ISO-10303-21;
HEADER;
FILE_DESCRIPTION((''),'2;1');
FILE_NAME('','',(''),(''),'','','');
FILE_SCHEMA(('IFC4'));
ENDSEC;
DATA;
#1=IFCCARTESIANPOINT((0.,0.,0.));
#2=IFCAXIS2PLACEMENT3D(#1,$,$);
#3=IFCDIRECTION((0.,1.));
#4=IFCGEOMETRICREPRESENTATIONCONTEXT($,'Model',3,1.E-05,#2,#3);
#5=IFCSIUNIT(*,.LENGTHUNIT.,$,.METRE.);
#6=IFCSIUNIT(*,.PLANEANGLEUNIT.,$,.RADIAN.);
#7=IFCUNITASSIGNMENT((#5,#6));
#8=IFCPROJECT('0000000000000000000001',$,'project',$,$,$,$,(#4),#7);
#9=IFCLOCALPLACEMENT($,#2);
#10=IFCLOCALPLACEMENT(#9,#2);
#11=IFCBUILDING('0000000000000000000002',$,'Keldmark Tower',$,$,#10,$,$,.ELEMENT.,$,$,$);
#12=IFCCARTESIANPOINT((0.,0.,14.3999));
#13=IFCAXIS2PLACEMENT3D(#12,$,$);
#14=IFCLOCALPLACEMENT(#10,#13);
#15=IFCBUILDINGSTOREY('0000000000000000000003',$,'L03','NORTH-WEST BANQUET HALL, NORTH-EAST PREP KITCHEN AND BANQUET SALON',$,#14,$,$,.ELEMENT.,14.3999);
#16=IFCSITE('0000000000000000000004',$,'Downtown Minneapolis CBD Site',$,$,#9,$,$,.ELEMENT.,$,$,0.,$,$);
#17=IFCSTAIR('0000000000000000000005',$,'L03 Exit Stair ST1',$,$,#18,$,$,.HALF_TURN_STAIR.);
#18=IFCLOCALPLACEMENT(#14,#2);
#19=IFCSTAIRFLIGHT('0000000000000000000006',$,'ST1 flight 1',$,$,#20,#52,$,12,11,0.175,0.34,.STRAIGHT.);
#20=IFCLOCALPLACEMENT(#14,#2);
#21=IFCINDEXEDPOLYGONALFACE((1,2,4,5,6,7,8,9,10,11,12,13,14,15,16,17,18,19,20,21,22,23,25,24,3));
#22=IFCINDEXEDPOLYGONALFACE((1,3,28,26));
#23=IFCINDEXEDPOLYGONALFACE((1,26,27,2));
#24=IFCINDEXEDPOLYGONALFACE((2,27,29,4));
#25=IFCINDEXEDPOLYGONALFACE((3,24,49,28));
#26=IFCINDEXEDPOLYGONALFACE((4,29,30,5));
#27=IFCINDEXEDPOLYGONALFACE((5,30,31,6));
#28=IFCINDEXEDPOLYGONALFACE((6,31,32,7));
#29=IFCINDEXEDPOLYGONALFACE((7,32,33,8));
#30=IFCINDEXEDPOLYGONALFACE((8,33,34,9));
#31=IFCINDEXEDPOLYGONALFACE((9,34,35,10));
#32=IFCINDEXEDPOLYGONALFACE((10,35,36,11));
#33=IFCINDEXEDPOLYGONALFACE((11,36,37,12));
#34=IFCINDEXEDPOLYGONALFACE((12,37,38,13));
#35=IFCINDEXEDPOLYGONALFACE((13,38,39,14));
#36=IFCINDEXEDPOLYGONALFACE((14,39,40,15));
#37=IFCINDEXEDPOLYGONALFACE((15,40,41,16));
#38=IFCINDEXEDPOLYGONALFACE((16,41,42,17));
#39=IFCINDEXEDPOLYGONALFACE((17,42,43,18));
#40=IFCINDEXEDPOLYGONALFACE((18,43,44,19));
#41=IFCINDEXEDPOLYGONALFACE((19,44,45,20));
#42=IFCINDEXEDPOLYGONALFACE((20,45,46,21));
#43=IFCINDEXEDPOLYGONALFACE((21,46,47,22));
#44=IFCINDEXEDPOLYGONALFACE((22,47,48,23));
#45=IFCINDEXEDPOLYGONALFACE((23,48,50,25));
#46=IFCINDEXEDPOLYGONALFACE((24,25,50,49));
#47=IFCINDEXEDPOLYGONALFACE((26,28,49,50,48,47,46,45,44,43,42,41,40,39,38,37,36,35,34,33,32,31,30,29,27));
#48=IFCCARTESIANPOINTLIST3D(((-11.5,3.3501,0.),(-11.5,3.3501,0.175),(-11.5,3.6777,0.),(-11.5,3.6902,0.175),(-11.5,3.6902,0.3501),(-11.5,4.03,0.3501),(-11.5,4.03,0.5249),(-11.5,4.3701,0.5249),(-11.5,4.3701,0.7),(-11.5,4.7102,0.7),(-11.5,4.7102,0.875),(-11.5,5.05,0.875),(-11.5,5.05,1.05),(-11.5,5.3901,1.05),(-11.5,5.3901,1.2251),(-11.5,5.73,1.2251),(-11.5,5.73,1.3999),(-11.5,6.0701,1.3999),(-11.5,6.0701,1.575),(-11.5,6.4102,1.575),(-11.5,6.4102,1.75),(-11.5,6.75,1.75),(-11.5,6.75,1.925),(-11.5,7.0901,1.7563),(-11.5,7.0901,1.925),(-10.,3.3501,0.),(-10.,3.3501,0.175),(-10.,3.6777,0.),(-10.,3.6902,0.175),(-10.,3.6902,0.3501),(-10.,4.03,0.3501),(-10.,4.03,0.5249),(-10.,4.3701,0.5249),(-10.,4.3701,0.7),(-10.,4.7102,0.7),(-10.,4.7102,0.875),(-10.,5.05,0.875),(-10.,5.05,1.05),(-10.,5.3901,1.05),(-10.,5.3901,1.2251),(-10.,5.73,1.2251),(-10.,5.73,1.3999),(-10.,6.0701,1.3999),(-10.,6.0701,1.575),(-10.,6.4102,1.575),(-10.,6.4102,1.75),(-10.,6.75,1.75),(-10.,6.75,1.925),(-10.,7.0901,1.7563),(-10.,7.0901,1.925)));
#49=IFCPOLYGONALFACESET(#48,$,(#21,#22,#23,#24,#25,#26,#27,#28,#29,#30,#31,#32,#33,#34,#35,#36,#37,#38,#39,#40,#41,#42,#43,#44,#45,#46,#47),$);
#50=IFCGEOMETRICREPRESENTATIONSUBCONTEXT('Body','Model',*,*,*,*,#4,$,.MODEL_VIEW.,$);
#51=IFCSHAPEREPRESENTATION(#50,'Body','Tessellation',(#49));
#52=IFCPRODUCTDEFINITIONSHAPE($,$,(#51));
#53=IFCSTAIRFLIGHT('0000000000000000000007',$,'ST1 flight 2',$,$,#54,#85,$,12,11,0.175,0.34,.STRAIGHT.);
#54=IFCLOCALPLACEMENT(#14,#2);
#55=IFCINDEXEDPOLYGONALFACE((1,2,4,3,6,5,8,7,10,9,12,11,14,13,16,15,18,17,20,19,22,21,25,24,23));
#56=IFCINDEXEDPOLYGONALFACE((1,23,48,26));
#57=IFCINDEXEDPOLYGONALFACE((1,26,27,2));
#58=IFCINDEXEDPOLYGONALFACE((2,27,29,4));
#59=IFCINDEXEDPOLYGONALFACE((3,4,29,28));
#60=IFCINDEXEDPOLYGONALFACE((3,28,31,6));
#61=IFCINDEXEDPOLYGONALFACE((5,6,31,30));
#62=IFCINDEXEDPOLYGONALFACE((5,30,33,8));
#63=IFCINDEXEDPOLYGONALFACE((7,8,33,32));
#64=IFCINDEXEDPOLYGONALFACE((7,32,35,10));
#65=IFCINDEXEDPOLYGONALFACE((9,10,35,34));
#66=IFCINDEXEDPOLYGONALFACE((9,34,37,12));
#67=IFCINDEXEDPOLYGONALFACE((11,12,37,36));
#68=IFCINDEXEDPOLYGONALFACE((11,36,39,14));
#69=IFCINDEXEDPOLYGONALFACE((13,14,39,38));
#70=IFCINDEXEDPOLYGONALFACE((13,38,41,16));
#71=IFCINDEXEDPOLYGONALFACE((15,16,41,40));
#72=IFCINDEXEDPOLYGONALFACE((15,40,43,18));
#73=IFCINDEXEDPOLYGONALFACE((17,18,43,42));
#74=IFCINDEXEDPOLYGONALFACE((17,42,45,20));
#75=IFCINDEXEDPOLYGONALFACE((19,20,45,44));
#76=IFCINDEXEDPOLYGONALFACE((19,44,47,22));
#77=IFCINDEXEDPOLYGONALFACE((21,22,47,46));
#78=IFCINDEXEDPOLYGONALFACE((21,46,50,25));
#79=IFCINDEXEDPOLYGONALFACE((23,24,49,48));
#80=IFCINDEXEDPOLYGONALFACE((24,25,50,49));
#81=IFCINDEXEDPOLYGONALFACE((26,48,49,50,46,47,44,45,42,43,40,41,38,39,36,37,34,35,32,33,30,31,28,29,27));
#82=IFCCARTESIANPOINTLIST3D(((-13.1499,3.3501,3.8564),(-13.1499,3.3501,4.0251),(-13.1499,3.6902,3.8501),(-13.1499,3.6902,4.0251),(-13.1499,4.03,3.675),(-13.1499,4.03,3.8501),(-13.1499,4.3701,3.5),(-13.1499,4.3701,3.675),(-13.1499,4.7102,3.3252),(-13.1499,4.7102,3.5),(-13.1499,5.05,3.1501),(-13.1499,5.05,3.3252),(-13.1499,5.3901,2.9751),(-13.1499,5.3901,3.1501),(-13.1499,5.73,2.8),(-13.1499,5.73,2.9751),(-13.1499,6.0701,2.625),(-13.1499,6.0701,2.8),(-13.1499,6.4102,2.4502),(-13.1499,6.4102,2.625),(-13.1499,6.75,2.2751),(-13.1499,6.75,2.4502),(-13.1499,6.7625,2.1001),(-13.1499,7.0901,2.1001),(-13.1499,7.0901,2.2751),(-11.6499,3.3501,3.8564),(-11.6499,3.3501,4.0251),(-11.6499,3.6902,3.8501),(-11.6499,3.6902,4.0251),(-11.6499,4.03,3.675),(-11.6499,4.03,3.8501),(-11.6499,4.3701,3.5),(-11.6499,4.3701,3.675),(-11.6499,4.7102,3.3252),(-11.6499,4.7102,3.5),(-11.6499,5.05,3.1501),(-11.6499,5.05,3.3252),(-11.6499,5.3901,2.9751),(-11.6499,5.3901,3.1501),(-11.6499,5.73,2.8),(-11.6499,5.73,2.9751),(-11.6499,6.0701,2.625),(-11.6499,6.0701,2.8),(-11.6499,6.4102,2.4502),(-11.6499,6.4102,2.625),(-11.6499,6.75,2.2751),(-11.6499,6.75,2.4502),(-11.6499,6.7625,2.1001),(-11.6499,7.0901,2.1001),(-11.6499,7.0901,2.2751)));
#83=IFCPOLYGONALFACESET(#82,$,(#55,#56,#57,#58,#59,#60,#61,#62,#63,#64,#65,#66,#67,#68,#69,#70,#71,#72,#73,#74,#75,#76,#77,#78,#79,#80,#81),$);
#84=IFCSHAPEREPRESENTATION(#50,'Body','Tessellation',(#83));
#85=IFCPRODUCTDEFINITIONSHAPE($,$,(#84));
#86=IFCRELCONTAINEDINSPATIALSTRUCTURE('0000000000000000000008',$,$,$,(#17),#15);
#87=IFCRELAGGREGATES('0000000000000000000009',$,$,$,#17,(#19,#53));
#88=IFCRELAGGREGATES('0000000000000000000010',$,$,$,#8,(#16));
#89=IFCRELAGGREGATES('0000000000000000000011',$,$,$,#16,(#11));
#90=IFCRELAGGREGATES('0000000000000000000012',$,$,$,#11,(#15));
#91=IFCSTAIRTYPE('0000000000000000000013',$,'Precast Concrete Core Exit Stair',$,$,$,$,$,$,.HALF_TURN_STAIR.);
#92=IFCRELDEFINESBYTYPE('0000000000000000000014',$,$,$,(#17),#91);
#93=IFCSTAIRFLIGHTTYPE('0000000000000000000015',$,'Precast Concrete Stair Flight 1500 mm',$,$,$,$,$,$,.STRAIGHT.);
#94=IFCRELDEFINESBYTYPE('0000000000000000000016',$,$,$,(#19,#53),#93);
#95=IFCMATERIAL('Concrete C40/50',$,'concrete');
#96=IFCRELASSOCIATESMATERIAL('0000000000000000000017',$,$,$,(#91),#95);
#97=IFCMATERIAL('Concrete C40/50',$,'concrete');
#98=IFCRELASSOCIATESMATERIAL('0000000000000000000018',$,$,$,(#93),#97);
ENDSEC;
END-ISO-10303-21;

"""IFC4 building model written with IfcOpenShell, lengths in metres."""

from ifc_helpers import new_model, si_unit, direction, frame, origin, place, context, subcontext, project, spatial, polyline, outline, extrude, material, type_object, element, aggregate, save


model = new_model("IFC4")

# Units and contexts
model_context = context("Model", 3, precision=1e-05, world=origin(), true_north=direction((0.0, 1.0)))
body_context = subcontext(model_context, "Body", "Model", "MODEL_VIEW")
ifc_project = project(units=[si_unit("LENGTHUNIT", "METRE"), si_unit("PLANEANGLEUNIT", "RADIAN")], contexts=[model_context])

# Site, building, storey
site_placement = place(None, origin())
site = spatial("IfcSite", under=ifc_project, at=site_placement, Name="Downtown Minneapolis CBD Site", CompositionType="ELEMENT", RefElevation=0.0)
building_placement = place(site_placement, origin())
building = spatial("IfcBuilding", under=site, at=building_placement, Name="Keldmark Tower", CompositionType="ELEMENT")
storey_placement = place(building_placement, frame((0.0, 0.0, 14.3999)))
storey = spatial("IfcBuildingStorey", under=building, at=storey_placement, Name="L03", Description="NORTH-WEST BANQUET HALL, NORTH-EAST PREP KITCHEN AND BANQUET SALON", CompositionType="ELEMENT", Elevation=14.3999)

# Stair, stair flights
ifc_material_1 = material(Name="Concrete C40/50", Category="concrete")
stair_type = type_object("IfcStairType", Name="Precast Concrete Core Exit Stair", PredefinedType="HALF_TURN_STAIR", material=ifc_material_1)
stair_placement = place(storey_placement, origin())
stair = element("IfcStair", 1, at=stair_placement, inside=storey, type_object=stair_type, Name="L03 Exit Stair ST1", PredefinedType="HALF_TURN_STAIR")
ifc_material_2 = material(Name="Concrete C40/50", Category="concrete")
stair_flight_type = type_object("IfcStairFlightType", Name="Precast Concrete Stair Flight 1500 mm", PredefinedType="STRAIGHT", material=ifc_material_2)
stair_flight_1_placement = place(storey_placement, frame((-10.75, 3.3501, 0.0), z_axis=(0.0, 0.0, 1.0), x_axis=(0.0, 1.0, 0.0)))
stair_flight_1 = element("IfcStairFlight", 2, at=stair_flight_1_placement, type_object=stair_flight_type, Name="ST1 flight 1", NumberOfRisers=12, NumberOfTreads=11, PredefinedType="STRAIGHT", RiserHeight=0.175, TreadLength=0.34, context=body_context, shape_type="SweptSolid", body=[
    extrude(outline(polyline([(0.0, 0.0), (0.0, 0.175), (0.3401, 0.175), (0.3401, 0.3501), (0.6799, 0.3501), (0.6799, 0.5249), (1.02, 0.5249), (1.02, 0.7), (1.3601, 0.7), (1.3601, 0.875), (1.7, 0.875), (1.7, 1.05), (2.04, 1.05), (2.04, 1.2251), (2.3799, 1.2251), (2.3799, 1.3999), (2.72, 1.3999), (2.72, 1.575), (3.0601, 1.575), (3.0601, 1.75), (3.3999, 1.75), (3.3999, 1.925), (3.74, 1.925), (3.74, 2.1001), (3.74, 1.7563), (0.3276, 0.0), (0.0, 0.0)])), frame((0.0, 0.75, 0.0), z_axis=(0.0, -1.0, 0.0), x_axis=(1.0, 0.0, 0.0)), (0.0, 0.0, 1.0), 1.5),
])
stair_flight_2_placement = place(storey_placement, frame((-12.3999, 7.0901, 2.1001), z_axis=(0.0, 0.0, 1.0), x_axis=(0.0, -1.0, 0.0)))
stair_flight_2 = element("IfcStairFlight", 3, at=stair_flight_2_placement, type_object=stair_flight_type, Name="ST1 flight 2", NumberOfRisers=12, NumberOfTreads=11, PredefinedType="STRAIGHT", RiserHeight=0.175, TreadLength=0.34, context=body_context, shape_type="SweptSolid", body=[
    extrude(outline(polyline([(0.0, 0.0), (0.0, 0.175), (0.3401, 0.175), (0.3401, 0.3501), (0.6799, 0.3501), (0.6799, 0.5249), (1.02, 0.5249), (1.02, 0.7), (1.3601, 0.7), (1.3601, 0.875), (1.7, 0.875), (1.7, 1.05), (2.04, 1.05), (2.04, 1.2251), (2.3799, 1.2251), (2.3799, 1.3999), (2.72, 1.3999), (2.72, 1.575), (3.0601, 1.575), (3.0601, 1.75), (3.3999, 1.75), (3.3999, 1.925), (3.74, 1.925), (3.74, 2.1001), (3.74, 1.7563), (0.3276, 0.0), (0.0, 0.0)])), frame((0.0, 0.75, 0.0), z_axis=(0.0, -1.0, 0.0), x_axis=(1.0, 0.0, 0.0)), (0.0, 0.0, 1.0), 1.5),
])
aggregate(stair, [stair_flight_1, stair_flight_2])

save(model, "model.ifc")
